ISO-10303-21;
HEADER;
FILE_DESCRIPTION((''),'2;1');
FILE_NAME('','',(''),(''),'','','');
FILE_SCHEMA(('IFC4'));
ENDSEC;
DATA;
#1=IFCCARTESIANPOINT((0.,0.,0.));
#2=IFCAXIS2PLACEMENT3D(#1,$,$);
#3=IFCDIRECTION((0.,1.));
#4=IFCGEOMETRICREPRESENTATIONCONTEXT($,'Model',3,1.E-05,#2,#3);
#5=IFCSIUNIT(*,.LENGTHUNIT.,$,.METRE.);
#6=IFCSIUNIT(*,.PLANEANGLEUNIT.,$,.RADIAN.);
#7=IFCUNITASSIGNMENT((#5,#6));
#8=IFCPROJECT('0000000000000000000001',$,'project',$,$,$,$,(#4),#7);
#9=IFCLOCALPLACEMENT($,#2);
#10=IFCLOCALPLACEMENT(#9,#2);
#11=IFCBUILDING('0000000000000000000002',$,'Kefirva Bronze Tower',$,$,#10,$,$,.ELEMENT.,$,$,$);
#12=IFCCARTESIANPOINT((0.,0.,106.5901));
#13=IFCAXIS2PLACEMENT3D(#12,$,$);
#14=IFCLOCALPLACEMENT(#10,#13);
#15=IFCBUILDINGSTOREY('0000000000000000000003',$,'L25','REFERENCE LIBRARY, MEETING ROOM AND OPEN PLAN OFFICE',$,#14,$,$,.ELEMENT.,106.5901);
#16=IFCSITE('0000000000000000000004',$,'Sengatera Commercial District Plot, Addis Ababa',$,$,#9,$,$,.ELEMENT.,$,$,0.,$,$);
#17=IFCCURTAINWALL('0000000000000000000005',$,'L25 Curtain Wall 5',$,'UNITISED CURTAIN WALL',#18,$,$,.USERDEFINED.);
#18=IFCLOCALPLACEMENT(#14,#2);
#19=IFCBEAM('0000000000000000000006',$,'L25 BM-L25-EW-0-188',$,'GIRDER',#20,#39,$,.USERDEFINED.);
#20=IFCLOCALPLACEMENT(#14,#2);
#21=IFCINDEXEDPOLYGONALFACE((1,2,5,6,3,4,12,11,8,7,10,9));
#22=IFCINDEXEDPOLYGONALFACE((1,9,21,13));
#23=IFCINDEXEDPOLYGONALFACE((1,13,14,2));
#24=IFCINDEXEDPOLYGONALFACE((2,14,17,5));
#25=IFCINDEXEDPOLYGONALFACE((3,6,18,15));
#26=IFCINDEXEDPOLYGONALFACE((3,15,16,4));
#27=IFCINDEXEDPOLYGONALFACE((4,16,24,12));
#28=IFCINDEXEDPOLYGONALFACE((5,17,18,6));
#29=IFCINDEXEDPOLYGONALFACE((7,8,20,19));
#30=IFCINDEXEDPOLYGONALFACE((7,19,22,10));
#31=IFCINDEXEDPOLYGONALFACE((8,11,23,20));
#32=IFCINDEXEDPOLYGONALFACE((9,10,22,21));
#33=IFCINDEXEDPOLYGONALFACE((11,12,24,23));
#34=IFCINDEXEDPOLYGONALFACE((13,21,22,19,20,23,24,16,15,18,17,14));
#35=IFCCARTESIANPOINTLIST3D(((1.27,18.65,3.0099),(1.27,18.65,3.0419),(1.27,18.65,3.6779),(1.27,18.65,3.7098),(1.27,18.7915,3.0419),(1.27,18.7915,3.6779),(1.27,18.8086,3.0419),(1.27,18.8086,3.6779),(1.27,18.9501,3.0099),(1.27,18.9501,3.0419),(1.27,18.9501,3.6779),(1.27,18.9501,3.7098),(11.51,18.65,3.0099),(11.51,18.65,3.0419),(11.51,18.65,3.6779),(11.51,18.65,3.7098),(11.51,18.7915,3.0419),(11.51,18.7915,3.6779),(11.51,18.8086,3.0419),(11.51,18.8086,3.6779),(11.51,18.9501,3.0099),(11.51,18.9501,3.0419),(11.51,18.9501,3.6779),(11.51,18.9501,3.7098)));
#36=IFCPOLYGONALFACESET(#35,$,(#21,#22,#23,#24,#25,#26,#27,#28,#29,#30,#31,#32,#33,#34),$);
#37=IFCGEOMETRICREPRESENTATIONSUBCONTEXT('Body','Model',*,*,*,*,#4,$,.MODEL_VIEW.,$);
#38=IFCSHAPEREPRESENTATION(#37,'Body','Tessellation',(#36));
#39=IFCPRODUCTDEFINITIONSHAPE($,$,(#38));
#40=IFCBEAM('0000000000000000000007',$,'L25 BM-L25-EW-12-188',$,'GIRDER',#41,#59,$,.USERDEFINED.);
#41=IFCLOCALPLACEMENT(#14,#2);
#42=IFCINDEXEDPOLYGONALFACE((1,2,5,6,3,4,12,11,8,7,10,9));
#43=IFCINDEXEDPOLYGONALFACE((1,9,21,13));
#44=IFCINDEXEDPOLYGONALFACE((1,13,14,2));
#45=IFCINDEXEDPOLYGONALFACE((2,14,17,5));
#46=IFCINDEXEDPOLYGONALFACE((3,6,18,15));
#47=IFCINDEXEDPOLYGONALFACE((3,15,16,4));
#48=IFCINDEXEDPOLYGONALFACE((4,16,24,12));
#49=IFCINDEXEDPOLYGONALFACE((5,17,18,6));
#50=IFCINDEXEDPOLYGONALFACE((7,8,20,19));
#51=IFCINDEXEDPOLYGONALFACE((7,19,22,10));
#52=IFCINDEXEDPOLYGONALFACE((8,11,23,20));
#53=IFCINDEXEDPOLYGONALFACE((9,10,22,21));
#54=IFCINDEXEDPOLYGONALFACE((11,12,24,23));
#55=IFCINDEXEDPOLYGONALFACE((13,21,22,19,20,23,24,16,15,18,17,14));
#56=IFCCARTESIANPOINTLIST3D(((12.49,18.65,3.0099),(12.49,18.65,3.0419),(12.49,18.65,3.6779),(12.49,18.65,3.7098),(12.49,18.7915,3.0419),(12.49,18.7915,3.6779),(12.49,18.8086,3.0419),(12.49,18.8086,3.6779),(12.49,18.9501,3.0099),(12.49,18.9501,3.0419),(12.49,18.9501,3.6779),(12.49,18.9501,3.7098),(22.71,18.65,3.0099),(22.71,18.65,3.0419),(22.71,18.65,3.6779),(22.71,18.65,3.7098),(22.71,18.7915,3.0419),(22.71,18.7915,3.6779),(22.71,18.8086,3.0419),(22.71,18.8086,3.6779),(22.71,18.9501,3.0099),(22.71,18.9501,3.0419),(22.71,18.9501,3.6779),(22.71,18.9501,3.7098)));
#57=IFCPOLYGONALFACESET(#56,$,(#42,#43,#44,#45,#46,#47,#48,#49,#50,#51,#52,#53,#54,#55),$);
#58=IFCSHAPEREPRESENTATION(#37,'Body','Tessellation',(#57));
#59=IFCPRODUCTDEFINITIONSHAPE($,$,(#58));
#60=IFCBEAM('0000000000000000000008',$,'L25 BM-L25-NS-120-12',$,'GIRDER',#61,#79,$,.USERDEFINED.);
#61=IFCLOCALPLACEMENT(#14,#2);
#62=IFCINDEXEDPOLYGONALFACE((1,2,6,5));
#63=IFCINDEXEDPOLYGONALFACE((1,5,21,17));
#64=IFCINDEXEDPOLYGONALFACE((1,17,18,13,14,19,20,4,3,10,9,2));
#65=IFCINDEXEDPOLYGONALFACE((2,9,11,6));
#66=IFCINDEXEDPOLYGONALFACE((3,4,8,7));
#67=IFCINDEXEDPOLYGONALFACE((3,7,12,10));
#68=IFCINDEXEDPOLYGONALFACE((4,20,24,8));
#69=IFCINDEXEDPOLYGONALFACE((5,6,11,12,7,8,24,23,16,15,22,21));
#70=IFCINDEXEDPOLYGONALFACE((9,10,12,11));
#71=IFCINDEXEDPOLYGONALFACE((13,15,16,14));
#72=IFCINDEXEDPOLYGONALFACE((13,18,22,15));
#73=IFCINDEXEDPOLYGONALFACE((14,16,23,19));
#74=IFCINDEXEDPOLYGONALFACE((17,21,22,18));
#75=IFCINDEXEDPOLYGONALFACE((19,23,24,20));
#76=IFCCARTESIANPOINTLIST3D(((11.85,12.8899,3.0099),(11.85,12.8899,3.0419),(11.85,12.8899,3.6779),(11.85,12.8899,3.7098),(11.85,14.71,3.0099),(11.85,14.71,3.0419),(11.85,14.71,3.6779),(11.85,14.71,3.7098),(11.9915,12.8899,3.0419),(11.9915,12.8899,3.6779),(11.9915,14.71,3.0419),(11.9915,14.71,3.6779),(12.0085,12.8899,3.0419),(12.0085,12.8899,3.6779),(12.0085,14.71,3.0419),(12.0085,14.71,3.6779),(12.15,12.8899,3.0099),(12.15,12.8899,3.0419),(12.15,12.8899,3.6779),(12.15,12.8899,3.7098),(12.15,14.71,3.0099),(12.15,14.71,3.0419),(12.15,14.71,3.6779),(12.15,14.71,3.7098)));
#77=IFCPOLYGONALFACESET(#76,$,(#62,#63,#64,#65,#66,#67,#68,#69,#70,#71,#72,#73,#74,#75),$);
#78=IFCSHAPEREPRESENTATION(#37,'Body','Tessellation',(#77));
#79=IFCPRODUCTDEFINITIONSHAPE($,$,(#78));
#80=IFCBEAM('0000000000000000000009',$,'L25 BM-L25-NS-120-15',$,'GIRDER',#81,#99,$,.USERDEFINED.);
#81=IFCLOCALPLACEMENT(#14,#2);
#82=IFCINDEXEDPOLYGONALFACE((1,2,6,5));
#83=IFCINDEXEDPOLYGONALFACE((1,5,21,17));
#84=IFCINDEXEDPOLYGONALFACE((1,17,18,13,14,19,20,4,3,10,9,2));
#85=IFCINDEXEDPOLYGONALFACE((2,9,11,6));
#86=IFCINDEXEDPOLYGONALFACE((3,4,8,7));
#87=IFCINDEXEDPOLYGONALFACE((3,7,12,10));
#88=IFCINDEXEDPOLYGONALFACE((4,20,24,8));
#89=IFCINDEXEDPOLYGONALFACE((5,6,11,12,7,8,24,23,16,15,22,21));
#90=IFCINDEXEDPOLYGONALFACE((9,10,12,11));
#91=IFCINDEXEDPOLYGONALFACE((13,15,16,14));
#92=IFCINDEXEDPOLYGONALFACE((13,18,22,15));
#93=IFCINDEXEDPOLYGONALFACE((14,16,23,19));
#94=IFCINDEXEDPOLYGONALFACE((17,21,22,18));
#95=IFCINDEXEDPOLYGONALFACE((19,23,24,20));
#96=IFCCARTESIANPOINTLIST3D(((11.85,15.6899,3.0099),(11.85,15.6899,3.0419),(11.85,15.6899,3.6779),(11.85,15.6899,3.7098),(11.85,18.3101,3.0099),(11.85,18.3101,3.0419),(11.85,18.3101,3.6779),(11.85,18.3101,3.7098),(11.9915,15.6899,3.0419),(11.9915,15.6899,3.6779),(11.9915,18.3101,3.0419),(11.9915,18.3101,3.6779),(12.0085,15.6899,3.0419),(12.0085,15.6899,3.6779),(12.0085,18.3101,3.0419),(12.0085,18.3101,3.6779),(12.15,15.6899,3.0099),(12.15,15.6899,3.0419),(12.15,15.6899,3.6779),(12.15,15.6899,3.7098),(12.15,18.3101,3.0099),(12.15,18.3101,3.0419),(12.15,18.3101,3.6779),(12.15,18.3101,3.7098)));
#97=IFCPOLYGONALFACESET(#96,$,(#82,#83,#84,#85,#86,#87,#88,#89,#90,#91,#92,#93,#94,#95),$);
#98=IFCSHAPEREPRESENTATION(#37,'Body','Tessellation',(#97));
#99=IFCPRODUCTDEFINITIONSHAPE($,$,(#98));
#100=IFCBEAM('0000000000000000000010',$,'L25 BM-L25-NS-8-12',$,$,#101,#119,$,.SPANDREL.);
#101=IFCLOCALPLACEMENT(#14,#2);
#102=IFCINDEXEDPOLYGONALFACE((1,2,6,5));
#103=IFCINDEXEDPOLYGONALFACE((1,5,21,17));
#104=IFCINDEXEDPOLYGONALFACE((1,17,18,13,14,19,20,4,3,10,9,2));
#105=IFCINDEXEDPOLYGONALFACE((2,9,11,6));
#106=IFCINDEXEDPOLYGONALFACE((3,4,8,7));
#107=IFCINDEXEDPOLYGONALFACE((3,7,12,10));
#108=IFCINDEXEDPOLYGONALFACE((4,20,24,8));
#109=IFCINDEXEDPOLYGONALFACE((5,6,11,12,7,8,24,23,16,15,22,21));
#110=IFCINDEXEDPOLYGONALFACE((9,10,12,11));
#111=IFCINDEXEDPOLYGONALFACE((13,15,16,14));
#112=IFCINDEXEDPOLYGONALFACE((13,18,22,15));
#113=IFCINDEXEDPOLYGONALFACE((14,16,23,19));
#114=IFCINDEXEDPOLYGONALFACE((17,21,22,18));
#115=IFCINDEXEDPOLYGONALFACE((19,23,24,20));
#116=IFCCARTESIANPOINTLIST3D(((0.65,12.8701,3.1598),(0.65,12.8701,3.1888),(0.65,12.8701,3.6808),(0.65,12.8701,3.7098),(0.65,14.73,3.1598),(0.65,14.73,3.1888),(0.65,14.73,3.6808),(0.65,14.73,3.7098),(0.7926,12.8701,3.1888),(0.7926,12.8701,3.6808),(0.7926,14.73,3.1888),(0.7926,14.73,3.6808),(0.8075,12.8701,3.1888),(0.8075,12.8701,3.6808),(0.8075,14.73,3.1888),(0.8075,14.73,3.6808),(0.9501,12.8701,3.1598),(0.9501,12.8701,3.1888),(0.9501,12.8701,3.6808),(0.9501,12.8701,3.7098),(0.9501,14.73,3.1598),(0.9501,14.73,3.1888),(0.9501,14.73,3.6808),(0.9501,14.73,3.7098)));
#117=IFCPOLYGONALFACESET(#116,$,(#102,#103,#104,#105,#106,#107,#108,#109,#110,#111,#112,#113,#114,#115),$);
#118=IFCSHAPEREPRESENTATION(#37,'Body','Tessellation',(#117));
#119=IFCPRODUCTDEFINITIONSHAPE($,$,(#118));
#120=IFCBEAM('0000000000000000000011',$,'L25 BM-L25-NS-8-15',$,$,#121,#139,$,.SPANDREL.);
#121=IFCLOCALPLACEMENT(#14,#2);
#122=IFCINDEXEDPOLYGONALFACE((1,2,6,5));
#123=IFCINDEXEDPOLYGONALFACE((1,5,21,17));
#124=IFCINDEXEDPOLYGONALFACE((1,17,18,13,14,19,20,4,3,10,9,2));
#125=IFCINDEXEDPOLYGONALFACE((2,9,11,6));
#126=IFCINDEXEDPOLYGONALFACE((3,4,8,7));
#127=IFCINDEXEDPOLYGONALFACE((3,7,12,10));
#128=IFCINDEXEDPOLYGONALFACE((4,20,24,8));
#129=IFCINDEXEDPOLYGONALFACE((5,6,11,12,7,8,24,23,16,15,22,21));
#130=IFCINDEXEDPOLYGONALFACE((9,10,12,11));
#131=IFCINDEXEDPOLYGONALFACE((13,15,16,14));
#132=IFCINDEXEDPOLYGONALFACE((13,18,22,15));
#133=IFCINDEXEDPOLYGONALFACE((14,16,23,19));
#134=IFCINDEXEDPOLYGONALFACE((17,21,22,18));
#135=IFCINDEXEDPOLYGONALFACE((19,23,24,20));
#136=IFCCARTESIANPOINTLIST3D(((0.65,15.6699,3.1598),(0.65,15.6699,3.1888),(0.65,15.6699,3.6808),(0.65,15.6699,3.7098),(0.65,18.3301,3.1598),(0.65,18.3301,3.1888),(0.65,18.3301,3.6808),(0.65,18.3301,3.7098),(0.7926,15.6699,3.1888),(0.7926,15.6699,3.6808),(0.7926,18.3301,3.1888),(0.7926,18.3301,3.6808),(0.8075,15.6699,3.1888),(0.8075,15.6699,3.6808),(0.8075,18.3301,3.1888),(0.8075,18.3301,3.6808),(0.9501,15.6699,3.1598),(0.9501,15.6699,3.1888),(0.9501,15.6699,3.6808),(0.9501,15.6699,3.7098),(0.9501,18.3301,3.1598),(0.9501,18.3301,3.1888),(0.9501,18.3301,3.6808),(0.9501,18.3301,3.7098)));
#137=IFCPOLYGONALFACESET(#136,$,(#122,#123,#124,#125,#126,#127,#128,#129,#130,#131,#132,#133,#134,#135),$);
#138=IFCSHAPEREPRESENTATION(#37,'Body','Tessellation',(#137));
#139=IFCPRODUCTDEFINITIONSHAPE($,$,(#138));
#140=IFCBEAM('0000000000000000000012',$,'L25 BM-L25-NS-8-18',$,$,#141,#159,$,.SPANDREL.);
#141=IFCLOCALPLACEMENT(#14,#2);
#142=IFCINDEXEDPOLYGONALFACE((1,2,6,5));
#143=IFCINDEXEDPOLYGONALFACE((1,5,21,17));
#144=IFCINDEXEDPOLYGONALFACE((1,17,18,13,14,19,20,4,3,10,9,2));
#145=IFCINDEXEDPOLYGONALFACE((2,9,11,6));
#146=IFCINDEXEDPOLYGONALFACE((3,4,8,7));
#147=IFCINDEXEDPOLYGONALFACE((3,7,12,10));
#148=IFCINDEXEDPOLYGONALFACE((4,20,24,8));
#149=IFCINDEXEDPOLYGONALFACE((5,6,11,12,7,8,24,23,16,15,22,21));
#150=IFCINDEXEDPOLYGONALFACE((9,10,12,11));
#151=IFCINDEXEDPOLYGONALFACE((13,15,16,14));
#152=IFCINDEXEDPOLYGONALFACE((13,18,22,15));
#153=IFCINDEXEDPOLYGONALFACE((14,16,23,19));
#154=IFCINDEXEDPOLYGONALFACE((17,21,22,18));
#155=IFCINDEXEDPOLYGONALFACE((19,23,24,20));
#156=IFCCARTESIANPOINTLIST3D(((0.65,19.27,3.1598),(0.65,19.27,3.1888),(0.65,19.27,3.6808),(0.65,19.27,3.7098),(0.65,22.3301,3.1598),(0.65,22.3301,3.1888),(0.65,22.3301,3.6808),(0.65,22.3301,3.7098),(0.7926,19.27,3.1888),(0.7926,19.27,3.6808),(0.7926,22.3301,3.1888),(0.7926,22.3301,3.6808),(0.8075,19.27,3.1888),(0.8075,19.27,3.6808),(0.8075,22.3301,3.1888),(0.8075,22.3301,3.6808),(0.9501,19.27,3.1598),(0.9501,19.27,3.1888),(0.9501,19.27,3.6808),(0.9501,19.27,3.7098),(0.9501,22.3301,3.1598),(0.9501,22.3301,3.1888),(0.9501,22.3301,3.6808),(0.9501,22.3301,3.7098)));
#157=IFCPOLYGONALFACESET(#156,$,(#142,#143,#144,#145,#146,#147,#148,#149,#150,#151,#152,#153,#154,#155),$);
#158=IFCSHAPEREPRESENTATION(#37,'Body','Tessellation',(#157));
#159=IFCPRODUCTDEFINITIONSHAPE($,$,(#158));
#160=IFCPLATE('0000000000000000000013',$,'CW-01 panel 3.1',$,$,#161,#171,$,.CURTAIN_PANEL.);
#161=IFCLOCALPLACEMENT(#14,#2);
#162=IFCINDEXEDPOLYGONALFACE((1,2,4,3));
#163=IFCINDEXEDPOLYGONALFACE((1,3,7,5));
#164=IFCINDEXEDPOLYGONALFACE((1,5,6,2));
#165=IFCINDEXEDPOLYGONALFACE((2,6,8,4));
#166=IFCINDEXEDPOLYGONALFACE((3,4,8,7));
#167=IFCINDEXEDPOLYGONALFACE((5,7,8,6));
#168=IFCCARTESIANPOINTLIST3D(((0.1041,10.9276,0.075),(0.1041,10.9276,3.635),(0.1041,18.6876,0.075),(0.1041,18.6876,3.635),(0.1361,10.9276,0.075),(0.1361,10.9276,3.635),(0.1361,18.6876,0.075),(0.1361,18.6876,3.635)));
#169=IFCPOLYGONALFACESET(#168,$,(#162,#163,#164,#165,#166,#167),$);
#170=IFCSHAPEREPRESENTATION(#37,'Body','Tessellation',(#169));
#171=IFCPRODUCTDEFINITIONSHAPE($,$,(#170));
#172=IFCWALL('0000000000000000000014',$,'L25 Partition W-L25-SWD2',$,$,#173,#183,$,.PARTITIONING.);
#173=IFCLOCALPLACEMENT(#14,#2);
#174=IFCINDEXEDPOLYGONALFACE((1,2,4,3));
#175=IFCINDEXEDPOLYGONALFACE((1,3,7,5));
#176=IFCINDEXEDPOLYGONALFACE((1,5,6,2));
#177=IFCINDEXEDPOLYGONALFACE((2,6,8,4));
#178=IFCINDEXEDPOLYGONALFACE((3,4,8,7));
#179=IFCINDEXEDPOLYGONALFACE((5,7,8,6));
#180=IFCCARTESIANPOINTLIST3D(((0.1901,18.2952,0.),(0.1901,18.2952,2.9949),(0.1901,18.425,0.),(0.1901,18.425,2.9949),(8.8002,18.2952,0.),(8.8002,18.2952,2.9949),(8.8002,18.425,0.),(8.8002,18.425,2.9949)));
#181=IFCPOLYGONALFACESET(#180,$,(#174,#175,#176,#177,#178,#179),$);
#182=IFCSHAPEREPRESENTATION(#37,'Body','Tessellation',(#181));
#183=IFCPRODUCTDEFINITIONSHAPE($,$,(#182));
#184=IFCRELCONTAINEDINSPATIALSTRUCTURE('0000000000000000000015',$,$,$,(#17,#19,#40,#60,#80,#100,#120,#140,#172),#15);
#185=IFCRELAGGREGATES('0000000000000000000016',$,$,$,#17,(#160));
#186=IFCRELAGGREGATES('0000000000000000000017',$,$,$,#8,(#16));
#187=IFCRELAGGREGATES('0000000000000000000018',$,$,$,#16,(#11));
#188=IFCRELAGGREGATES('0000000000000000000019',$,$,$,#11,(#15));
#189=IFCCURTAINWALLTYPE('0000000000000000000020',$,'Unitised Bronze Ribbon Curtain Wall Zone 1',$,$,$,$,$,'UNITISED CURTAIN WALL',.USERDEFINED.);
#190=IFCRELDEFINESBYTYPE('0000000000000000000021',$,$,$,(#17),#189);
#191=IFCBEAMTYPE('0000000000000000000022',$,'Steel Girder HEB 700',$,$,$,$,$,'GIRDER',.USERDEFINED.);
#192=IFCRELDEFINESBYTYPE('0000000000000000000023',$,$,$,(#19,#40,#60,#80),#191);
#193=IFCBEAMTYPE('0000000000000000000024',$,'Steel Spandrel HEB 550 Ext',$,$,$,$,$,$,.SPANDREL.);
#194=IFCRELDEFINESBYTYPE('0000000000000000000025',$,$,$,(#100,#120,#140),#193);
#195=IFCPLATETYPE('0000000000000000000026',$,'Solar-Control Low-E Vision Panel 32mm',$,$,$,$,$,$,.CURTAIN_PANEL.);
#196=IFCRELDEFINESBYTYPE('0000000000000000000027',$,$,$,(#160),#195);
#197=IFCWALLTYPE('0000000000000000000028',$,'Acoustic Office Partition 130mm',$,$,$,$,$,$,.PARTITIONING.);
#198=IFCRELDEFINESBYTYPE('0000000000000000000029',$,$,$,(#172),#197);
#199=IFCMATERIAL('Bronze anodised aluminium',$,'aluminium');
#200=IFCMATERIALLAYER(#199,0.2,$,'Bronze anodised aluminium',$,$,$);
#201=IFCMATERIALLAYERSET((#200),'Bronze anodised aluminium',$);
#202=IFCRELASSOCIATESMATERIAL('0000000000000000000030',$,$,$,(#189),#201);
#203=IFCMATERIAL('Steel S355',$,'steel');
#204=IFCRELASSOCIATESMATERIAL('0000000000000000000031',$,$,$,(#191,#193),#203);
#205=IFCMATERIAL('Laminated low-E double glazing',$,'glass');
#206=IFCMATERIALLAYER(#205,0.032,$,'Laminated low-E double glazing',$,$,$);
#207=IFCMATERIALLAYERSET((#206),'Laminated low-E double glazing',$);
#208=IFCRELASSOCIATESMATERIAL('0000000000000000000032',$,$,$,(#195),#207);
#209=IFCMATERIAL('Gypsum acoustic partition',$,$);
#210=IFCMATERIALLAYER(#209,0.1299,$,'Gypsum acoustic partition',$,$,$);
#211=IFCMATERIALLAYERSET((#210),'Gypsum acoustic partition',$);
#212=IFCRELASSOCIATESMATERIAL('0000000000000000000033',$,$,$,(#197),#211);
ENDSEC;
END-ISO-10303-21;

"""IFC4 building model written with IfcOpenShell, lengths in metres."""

from ifc_helpers import new_model, si_unit, direction, frame, frame_2d, origin, origin_2d, place, context, subcontext, project, spatial, rectangle, i_section, extrude, material, layer, layer_set, material_profile, profile_set, type_object, element, aggregate, save


model = new_model("IFC4")

# Units and contexts
model_context = context("Model", 3, precision=1e-05, world=origin(), true_north=direction((0.0, 1.0)))
body_context = subcontext(model_context, "Body", "Model", "MODEL_VIEW")
ifc_project = project(units=[si_unit("LENGTHUNIT", "METRE"), si_unit("PLANEANGLEUNIT", "RADIAN")], contexts=[model_context])

# Site, building, storey
site_placement = place(None, origin())
site = spatial("IfcSite", under=ifc_project, at=site_placement, Name="Sengatera Commercial District Plot, Addis Ababa", CompositionType="ELEMENT", RefElevation=0.0)
building_placement = place(site_placement, origin())
building = spatial("IfcBuilding", under=site, at=building_placement, Name="Kefirva Bronze Tower", CompositionType="ELEMENT")
storey_placement = place(building_placement, frame((0.0, 0.0, 106.5901)))
storey = spatial("IfcBuildingStorey", under=building, at=storey_placement, Name="L25", Description="REFERENCE LIBRARY, MEETING ROOM AND OPEN PLAN OFFICE", CompositionType="ELEMENT", Elevation=106.5901)

# Curtain wall
ifc_material_1 = material(Name="Bronze anodised aluminium", Category="aluminium")
ifc_layer_1 = layer(ifc_material_1, 0.2, Name="Bronze anodised aluminium")
ifc_layer_set_1 = layer_set([ifc_layer_1], Name="Bronze anodised aluminium")
curtain_wall_type = type_object("IfcCurtainWallType", Name="Unitised Bronze Ribbon Curtain Wall Zone 1", ElementType="UNITISED CURTAIN WALL", PredefinedType="USERDEFINED", material=ifc_layer_set_1)
curtain_wall_placement = place(storey_placement, origin())
curtain_wall = element("IfcCurtainWall", 1, at=curtain_wall_placement, inside=storey, type_object=curtain_wall_type, Name="L25 Curtain Wall 5", ObjectType="UNITISED CURTAIN WALL", PredefinedType="USERDEFINED")

# Beams
ifc_material_2 = material(Name="Steel S355", Category="steel")
ifc_material_profile_1 = material_profile(ifc_material_2, i_section(OverallWidth=0.3, OverallDepth=0.7, WebThickness=0.0171, FlangeThickness=0.032, at=origin_2d()), Name="HEB 700")
ifc_profile_set_1 = profile_set([ifc_material_profile_1], Name="Steel S355")
beam_type_1 = type_object("IfcBeamType", Name="Steel Girder HEB 700", ElementType="GIRDER", PredefinedType="USERDEFINED", material=ifc_profile_set_1)
for number, where, z_axis, x_axis, name in (
    (2, (1.27, 18.8, 3.3599), (1.0, 0.0, 0.0), (0.0, 1.0, 0.0), "L25 BM-L25-EW-0-188"),
):
    element("IfcBeam", number, at=place(storey_placement, frame(where, z_axis=z_axis, x_axis=x_axis)), inside=storey, type_object=beam_type_1, Name=name, ObjectType="GIRDER", PredefinedType="USERDEFINED", context=body_context, shape_type="SweptSolid", body=[
        extrude(i_section(OverallWidth=0.3, OverallDepth=0.7, WebThickness=0.0171, FlangeThickness=0.032, at=origin_2d()), origin(), (0.0, 0.0, 1.0), 10.24),
    ])
beam_1_placement = place(storey_placement, frame((12.49, 18.8, 3.3599), z_axis=(1.0, 0.0, 0.0), x_axis=(0.0, 1.0, 0.0)))
element("IfcBeam", 3, at=beam_1_placement, inside=storey, type_object=beam_type_1, Name="L25 BM-L25-EW-12-188", ObjectType="GIRDER", PredefinedType="USERDEFINED", context=body_context, shape_type="SweptSolid", body=[
    extrude(i_section(OverallWidth=0.3, OverallDepth=0.7, WebThickness=0.0171, FlangeThickness=0.032, at=origin_2d()), origin(), (0.0, 0.0, 1.0), 10.22),
])
beam_2_placement = place(storey_placement, frame((12.0, 12.8899, 3.3599), z_axis=(0.0, 1.0, 0.0), x_axis=(-1.0, 0.0, 0.0)))
element("IfcBeam", 4, at=beam_2_placement, inside=storey, type_object=beam_type_1, Name="L25 BM-L25-NS-120-12", ObjectType="GIRDER", PredefinedType="USERDEFINED", context=body_context, shape_type="SweptSolid", body=[
    extrude(i_section(OverallWidth=0.3, OverallDepth=0.7, WebThickness=0.0171, FlangeThickness=0.032, at=origin_2d()), origin(), (0.0, 0.0, 1.0), 1.8201),
])
beam_3_placement = place(storey_placement, frame((12.0, 15.6899, 3.3599), z_axis=(0.0, 1.0, 0.0), x_axis=(-1.0, 0.0, 0.0)))
element("IfcBeam", 5, at=beam_3_placement, inside=storey, type_object=beam_type_1, Name="L25 BM-L25-NS-120-15", ObjectType="GIRDER", PredefinedType="USERDEFINED", context=body_context, shape_type="SweptSolid", body=[
    extrude(i_section(OverallWidth=0.3, OverallDepth=0.7, WebThickness=0.0171, FlangeThickness=0.032, at=origin_2d()), origin(), (0.0, 0.0, 1.0), 2.6201),
])
ifc_material_profile_2 = material_profile(ifc_material_2, i_section(OverallWidth=0.3, OverallDepth=0.55, WebThickness=0.0149, FlangeThickness=0.0291, at=origin_2d()), Name="HEB 550")
ifc_profile_set_2 = profile_set([ifc_material_profile_2], Name="Steel S355")
beam_type_2 = type_object("IfcBeamType", Name="Steel Spandrel HEB 550 Ext", PredefinedType="SPANDREL", material=ifc_profile_set_2)
beam_4_placement = place(storey_placement, frame((0.8, 12.8701, 3.4348), z_axis=(0.0, 1.0, 0.0), x_axis=(-1.0, 0.0, 0.0)))
element("IfcBeam", 6, at=beam_4_placement, inside=storey, type_object=beam_type_2, Name="L25 BM-L25-NS-8-12", PredefinedType="SPANDREL", context=body_context, shape_type="SweptSolid", body=[
    extrude(i_section(OverallWidth=0.3, OverallDepth=0.55, WebThickness=0.0149, FlangeThickness=0.0291, at=origin_2d()), origin(), (0.0, 0.0, 1.0), 1.8599),
])
beam_5_placement = place(storey_placement, frame((0.8, 15.6699, 3.4348), z_axis=(0.0, 1.0, 0.0), x_axis=(-1.0, 0.0, 0.0)))
element("IfcBeam", 7, at=beam_5_placement, inside=storey, type_object=beam_type_2, Name="L25 BM-L25-NS-8-15", PredefinedType="SPANDREL", context=body_context, shape_type="SweptSolid", body=[
    extrude(i_section(OverallWidth=0.3, OverallDepth=0.55, WebThickness=0.0149, FlangeThickness=0.0291, at=origin_2d()), origin(), (0.0, 0.0, 1.0), 2.6602),
])
beam_6_placement = place(storey_placement, frame((0.8, 19.27, 3.4348), z_axis=(0.0, 1.0, 0.0), x_axis=(-1.0, 0.0, 0.0)))
element("IfcBeam", 8, at=beam_6_placement, inside=storey, type_object=beam_type_2, Name="L25 BM-L25-NS-8-18", PredefinedType="SPANDREL", context=body_context, shape_type="SweptSolid", body=[
    extrude(i_section(OverallWidth=0.3, OverallDepth=0.55, WebThickness=0.0149, FlangeThickness=0.0291, at=origin_2d()), origin(), (0.0, 0.0, 1.0), 3.0601),
])

# Plate
ifc_material_3 = material(Name="Laminated low-E double glazing", Category="glass")
ifc_layer_2 = layer(ifc_material_3, 0.032, Name="Laminated low-E double glazing")
ifc_layer_set_2 = layer_set([ifc_layer_2], Name="Laminated low-E double glazing")
plate_type = type_object("IfcPlateType", Name="Solar-Control Low-E Vision Panel 32mm", PredefinedType="CURTAIN_PANEL", material=ifc_layer_set_2)
plate_placement = place(storey_placement, frame((0.1201, 14.8076, 0.075), z_axis=(0.0, 0.0, 1.0), x_axis=(0.0, -1.0, 0.0)))
plate = element("IfcPlate", 9, at=plate_placement, type_object=plate_type, Name="CW-01 panel 3.1", PredefinedType="CURTAIN_PANEL", context=body_context, shape_type="SweptSolid", body=[
    extrude(rectangle(XDim=7.76, YDim=0.032, at=origin_2d()), origin(), (0.0, 0.0, 1.0), 3.5601),
])
aggregate(curtain_wall, [plate])

# Wall
ifc_material_4 = material(Name="Gypsum acoustic partition")
ifc_layer_3 = layer(ifc_material_4, 0.1299, Name="Gypsum acoustic partition")
ifc_layer_set_3 = layer_set([ifc_layer_3], Name="Gypsum acoustic partition")
wall_type = type_object("IfcWallType", Name="Acoustic Office Partition 130mm", PredefinedType="PARTITIONING", material=ifc_layer_set_3)
wall_1_placement = place(storey_placement, frame((0.1899, 18.3601, 0.0), z_axis=(0.0, 0.0, 1.0), x_axis=(1.0, 0.0, 0.0)))
element("IfcWall", 10, at=wall_1_placement, inside=storey, type_object=wall_type, Name="L25 Partition W-L25-SWD2", PredefinedType="PARTITIONING", context=body_context, shape_type="SweptSolid", body=[
    extrude(rectangle(XDim=8.6101, YDim=0.1299, at=frame_2d((4.3052, 0.0))), origin(), (0.0, 0.0, 1.0), 2.9949),
])

save(model, "model.ifc")
